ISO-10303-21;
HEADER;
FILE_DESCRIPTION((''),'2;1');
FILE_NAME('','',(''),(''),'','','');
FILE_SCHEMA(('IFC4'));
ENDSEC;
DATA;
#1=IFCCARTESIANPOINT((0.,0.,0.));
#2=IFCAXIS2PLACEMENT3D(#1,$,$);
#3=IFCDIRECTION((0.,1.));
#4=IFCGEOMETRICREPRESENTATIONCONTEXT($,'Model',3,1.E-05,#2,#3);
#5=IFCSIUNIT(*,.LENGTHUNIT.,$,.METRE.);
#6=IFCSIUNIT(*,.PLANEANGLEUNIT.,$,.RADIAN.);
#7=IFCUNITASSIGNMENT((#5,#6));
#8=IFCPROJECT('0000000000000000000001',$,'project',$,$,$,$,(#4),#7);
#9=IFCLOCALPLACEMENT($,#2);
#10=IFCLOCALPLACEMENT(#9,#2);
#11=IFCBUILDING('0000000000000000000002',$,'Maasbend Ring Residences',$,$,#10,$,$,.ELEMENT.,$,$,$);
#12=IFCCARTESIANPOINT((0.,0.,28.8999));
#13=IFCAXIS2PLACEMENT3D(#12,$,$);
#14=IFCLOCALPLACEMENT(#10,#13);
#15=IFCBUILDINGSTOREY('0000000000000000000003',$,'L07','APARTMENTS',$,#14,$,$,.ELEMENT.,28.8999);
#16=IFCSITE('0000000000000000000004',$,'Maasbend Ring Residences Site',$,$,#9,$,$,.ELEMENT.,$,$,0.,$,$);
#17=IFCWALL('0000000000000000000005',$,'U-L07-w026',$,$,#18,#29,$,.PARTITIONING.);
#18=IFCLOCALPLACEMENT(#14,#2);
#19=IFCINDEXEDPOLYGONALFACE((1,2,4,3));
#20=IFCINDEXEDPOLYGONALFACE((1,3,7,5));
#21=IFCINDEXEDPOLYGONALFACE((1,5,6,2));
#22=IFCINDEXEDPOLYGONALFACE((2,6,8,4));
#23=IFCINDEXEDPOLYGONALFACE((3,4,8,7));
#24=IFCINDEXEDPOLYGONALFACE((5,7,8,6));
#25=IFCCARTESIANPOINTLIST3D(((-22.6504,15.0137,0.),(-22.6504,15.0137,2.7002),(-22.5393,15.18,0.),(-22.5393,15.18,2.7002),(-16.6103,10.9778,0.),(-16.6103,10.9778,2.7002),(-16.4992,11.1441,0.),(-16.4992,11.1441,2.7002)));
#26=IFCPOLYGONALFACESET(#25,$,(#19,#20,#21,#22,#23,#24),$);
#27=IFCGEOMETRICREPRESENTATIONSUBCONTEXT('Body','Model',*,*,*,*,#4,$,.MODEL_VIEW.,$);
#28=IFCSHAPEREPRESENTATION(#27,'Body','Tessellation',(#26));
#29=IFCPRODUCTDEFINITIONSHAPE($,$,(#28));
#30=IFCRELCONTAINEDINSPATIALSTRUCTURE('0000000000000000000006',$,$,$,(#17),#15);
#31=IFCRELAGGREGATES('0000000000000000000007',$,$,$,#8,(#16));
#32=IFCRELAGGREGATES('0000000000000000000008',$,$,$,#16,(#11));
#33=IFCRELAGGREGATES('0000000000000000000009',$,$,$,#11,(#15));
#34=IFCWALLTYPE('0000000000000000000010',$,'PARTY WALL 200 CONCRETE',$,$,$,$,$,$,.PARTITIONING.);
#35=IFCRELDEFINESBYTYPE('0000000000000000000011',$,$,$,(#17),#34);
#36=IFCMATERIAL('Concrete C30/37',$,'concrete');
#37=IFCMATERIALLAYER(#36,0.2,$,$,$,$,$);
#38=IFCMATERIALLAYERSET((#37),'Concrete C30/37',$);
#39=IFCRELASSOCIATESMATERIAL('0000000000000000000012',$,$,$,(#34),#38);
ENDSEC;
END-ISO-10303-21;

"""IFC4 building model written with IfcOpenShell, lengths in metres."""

from ifc_helpers import new_model, si_unit, direction, frame, frame_2d, origin, place, context, subcontext, project, spatial, rectangle, extrude, material, layer, layer_set, type_object, element, save


model = new_model("IFC4")

# Units and contexts
model_context = context("Model", 3, precision=1e-05, world=origin(), true_north=direction((0.0, 1.0)))
body_context = subcontext(model_context, "Body", "Model", "MODEL_VIEW")
ifc_project = project(units=[si_unit("LENGTHUNIT", "METRE"), si_unit("PLANEANGLEUNIT", "RADIAN")], contexts=[model_context])

# Site, building, storey
site_placement = place(None, origin())
site = spatial("IfcSite", under=ifc_project, at=site_placement, Name="Maasbend Ring Residences Site", CompositionType="ELEMENT", RefElevation=0.0)
building_placement = place(site_placement, origin())
building = spatial("IfcBuilding", under=site, at=building_placement, Name="Maasbend Ring Residences", CompositionType="ELEMENT")
storey_placement = place(building_placement, frame((0.0, 0.0, 28.8999)))
storey = spatial("IfcBuildingStorey", under=building, at=storey_placement, Name="L07", Description="APARTMENTS", CompositionType="ELEMENT", Elevation=28.8999)

# Wall
ifc_material_1 = material(Name="Concrete C30/37", Category="concrete")
ifc_layer_1 = layer(ifc_material_1, 0.2)
ifc_layer_set_1 = layer_set([ifc_layer_1], Name="Concrete C30/37")
wall_type_1 = type_object("IfcWallType", Name="PARTY WALL 200 CONCRETE", PredefinedType="PARTITIONING", material=ifc_layer_set_1)
wall_1_placement = place(storey_placement, frame((-22.595, 15.0969, 0.0), z_axis=(0.0, 0.0, 1.0), x_axis=(0.831466, -0.555576, 0.0)))
element("IfcWall", 1, at=wall_1_placement, inside=storey, type_object=wall_type_1, Name="U-L07-w026", PredefinedType="PARTITIONING", context=body_context, shape_type="SweptSolid", body=[
    extrude(rectangle(XDim=7.2644, YDim=0.2, at=frame_2d((3.6323, 0.0))), origin(), (0.0, 0.0, 1.0), 2.7002),
])

save(model, "model.ifc")
